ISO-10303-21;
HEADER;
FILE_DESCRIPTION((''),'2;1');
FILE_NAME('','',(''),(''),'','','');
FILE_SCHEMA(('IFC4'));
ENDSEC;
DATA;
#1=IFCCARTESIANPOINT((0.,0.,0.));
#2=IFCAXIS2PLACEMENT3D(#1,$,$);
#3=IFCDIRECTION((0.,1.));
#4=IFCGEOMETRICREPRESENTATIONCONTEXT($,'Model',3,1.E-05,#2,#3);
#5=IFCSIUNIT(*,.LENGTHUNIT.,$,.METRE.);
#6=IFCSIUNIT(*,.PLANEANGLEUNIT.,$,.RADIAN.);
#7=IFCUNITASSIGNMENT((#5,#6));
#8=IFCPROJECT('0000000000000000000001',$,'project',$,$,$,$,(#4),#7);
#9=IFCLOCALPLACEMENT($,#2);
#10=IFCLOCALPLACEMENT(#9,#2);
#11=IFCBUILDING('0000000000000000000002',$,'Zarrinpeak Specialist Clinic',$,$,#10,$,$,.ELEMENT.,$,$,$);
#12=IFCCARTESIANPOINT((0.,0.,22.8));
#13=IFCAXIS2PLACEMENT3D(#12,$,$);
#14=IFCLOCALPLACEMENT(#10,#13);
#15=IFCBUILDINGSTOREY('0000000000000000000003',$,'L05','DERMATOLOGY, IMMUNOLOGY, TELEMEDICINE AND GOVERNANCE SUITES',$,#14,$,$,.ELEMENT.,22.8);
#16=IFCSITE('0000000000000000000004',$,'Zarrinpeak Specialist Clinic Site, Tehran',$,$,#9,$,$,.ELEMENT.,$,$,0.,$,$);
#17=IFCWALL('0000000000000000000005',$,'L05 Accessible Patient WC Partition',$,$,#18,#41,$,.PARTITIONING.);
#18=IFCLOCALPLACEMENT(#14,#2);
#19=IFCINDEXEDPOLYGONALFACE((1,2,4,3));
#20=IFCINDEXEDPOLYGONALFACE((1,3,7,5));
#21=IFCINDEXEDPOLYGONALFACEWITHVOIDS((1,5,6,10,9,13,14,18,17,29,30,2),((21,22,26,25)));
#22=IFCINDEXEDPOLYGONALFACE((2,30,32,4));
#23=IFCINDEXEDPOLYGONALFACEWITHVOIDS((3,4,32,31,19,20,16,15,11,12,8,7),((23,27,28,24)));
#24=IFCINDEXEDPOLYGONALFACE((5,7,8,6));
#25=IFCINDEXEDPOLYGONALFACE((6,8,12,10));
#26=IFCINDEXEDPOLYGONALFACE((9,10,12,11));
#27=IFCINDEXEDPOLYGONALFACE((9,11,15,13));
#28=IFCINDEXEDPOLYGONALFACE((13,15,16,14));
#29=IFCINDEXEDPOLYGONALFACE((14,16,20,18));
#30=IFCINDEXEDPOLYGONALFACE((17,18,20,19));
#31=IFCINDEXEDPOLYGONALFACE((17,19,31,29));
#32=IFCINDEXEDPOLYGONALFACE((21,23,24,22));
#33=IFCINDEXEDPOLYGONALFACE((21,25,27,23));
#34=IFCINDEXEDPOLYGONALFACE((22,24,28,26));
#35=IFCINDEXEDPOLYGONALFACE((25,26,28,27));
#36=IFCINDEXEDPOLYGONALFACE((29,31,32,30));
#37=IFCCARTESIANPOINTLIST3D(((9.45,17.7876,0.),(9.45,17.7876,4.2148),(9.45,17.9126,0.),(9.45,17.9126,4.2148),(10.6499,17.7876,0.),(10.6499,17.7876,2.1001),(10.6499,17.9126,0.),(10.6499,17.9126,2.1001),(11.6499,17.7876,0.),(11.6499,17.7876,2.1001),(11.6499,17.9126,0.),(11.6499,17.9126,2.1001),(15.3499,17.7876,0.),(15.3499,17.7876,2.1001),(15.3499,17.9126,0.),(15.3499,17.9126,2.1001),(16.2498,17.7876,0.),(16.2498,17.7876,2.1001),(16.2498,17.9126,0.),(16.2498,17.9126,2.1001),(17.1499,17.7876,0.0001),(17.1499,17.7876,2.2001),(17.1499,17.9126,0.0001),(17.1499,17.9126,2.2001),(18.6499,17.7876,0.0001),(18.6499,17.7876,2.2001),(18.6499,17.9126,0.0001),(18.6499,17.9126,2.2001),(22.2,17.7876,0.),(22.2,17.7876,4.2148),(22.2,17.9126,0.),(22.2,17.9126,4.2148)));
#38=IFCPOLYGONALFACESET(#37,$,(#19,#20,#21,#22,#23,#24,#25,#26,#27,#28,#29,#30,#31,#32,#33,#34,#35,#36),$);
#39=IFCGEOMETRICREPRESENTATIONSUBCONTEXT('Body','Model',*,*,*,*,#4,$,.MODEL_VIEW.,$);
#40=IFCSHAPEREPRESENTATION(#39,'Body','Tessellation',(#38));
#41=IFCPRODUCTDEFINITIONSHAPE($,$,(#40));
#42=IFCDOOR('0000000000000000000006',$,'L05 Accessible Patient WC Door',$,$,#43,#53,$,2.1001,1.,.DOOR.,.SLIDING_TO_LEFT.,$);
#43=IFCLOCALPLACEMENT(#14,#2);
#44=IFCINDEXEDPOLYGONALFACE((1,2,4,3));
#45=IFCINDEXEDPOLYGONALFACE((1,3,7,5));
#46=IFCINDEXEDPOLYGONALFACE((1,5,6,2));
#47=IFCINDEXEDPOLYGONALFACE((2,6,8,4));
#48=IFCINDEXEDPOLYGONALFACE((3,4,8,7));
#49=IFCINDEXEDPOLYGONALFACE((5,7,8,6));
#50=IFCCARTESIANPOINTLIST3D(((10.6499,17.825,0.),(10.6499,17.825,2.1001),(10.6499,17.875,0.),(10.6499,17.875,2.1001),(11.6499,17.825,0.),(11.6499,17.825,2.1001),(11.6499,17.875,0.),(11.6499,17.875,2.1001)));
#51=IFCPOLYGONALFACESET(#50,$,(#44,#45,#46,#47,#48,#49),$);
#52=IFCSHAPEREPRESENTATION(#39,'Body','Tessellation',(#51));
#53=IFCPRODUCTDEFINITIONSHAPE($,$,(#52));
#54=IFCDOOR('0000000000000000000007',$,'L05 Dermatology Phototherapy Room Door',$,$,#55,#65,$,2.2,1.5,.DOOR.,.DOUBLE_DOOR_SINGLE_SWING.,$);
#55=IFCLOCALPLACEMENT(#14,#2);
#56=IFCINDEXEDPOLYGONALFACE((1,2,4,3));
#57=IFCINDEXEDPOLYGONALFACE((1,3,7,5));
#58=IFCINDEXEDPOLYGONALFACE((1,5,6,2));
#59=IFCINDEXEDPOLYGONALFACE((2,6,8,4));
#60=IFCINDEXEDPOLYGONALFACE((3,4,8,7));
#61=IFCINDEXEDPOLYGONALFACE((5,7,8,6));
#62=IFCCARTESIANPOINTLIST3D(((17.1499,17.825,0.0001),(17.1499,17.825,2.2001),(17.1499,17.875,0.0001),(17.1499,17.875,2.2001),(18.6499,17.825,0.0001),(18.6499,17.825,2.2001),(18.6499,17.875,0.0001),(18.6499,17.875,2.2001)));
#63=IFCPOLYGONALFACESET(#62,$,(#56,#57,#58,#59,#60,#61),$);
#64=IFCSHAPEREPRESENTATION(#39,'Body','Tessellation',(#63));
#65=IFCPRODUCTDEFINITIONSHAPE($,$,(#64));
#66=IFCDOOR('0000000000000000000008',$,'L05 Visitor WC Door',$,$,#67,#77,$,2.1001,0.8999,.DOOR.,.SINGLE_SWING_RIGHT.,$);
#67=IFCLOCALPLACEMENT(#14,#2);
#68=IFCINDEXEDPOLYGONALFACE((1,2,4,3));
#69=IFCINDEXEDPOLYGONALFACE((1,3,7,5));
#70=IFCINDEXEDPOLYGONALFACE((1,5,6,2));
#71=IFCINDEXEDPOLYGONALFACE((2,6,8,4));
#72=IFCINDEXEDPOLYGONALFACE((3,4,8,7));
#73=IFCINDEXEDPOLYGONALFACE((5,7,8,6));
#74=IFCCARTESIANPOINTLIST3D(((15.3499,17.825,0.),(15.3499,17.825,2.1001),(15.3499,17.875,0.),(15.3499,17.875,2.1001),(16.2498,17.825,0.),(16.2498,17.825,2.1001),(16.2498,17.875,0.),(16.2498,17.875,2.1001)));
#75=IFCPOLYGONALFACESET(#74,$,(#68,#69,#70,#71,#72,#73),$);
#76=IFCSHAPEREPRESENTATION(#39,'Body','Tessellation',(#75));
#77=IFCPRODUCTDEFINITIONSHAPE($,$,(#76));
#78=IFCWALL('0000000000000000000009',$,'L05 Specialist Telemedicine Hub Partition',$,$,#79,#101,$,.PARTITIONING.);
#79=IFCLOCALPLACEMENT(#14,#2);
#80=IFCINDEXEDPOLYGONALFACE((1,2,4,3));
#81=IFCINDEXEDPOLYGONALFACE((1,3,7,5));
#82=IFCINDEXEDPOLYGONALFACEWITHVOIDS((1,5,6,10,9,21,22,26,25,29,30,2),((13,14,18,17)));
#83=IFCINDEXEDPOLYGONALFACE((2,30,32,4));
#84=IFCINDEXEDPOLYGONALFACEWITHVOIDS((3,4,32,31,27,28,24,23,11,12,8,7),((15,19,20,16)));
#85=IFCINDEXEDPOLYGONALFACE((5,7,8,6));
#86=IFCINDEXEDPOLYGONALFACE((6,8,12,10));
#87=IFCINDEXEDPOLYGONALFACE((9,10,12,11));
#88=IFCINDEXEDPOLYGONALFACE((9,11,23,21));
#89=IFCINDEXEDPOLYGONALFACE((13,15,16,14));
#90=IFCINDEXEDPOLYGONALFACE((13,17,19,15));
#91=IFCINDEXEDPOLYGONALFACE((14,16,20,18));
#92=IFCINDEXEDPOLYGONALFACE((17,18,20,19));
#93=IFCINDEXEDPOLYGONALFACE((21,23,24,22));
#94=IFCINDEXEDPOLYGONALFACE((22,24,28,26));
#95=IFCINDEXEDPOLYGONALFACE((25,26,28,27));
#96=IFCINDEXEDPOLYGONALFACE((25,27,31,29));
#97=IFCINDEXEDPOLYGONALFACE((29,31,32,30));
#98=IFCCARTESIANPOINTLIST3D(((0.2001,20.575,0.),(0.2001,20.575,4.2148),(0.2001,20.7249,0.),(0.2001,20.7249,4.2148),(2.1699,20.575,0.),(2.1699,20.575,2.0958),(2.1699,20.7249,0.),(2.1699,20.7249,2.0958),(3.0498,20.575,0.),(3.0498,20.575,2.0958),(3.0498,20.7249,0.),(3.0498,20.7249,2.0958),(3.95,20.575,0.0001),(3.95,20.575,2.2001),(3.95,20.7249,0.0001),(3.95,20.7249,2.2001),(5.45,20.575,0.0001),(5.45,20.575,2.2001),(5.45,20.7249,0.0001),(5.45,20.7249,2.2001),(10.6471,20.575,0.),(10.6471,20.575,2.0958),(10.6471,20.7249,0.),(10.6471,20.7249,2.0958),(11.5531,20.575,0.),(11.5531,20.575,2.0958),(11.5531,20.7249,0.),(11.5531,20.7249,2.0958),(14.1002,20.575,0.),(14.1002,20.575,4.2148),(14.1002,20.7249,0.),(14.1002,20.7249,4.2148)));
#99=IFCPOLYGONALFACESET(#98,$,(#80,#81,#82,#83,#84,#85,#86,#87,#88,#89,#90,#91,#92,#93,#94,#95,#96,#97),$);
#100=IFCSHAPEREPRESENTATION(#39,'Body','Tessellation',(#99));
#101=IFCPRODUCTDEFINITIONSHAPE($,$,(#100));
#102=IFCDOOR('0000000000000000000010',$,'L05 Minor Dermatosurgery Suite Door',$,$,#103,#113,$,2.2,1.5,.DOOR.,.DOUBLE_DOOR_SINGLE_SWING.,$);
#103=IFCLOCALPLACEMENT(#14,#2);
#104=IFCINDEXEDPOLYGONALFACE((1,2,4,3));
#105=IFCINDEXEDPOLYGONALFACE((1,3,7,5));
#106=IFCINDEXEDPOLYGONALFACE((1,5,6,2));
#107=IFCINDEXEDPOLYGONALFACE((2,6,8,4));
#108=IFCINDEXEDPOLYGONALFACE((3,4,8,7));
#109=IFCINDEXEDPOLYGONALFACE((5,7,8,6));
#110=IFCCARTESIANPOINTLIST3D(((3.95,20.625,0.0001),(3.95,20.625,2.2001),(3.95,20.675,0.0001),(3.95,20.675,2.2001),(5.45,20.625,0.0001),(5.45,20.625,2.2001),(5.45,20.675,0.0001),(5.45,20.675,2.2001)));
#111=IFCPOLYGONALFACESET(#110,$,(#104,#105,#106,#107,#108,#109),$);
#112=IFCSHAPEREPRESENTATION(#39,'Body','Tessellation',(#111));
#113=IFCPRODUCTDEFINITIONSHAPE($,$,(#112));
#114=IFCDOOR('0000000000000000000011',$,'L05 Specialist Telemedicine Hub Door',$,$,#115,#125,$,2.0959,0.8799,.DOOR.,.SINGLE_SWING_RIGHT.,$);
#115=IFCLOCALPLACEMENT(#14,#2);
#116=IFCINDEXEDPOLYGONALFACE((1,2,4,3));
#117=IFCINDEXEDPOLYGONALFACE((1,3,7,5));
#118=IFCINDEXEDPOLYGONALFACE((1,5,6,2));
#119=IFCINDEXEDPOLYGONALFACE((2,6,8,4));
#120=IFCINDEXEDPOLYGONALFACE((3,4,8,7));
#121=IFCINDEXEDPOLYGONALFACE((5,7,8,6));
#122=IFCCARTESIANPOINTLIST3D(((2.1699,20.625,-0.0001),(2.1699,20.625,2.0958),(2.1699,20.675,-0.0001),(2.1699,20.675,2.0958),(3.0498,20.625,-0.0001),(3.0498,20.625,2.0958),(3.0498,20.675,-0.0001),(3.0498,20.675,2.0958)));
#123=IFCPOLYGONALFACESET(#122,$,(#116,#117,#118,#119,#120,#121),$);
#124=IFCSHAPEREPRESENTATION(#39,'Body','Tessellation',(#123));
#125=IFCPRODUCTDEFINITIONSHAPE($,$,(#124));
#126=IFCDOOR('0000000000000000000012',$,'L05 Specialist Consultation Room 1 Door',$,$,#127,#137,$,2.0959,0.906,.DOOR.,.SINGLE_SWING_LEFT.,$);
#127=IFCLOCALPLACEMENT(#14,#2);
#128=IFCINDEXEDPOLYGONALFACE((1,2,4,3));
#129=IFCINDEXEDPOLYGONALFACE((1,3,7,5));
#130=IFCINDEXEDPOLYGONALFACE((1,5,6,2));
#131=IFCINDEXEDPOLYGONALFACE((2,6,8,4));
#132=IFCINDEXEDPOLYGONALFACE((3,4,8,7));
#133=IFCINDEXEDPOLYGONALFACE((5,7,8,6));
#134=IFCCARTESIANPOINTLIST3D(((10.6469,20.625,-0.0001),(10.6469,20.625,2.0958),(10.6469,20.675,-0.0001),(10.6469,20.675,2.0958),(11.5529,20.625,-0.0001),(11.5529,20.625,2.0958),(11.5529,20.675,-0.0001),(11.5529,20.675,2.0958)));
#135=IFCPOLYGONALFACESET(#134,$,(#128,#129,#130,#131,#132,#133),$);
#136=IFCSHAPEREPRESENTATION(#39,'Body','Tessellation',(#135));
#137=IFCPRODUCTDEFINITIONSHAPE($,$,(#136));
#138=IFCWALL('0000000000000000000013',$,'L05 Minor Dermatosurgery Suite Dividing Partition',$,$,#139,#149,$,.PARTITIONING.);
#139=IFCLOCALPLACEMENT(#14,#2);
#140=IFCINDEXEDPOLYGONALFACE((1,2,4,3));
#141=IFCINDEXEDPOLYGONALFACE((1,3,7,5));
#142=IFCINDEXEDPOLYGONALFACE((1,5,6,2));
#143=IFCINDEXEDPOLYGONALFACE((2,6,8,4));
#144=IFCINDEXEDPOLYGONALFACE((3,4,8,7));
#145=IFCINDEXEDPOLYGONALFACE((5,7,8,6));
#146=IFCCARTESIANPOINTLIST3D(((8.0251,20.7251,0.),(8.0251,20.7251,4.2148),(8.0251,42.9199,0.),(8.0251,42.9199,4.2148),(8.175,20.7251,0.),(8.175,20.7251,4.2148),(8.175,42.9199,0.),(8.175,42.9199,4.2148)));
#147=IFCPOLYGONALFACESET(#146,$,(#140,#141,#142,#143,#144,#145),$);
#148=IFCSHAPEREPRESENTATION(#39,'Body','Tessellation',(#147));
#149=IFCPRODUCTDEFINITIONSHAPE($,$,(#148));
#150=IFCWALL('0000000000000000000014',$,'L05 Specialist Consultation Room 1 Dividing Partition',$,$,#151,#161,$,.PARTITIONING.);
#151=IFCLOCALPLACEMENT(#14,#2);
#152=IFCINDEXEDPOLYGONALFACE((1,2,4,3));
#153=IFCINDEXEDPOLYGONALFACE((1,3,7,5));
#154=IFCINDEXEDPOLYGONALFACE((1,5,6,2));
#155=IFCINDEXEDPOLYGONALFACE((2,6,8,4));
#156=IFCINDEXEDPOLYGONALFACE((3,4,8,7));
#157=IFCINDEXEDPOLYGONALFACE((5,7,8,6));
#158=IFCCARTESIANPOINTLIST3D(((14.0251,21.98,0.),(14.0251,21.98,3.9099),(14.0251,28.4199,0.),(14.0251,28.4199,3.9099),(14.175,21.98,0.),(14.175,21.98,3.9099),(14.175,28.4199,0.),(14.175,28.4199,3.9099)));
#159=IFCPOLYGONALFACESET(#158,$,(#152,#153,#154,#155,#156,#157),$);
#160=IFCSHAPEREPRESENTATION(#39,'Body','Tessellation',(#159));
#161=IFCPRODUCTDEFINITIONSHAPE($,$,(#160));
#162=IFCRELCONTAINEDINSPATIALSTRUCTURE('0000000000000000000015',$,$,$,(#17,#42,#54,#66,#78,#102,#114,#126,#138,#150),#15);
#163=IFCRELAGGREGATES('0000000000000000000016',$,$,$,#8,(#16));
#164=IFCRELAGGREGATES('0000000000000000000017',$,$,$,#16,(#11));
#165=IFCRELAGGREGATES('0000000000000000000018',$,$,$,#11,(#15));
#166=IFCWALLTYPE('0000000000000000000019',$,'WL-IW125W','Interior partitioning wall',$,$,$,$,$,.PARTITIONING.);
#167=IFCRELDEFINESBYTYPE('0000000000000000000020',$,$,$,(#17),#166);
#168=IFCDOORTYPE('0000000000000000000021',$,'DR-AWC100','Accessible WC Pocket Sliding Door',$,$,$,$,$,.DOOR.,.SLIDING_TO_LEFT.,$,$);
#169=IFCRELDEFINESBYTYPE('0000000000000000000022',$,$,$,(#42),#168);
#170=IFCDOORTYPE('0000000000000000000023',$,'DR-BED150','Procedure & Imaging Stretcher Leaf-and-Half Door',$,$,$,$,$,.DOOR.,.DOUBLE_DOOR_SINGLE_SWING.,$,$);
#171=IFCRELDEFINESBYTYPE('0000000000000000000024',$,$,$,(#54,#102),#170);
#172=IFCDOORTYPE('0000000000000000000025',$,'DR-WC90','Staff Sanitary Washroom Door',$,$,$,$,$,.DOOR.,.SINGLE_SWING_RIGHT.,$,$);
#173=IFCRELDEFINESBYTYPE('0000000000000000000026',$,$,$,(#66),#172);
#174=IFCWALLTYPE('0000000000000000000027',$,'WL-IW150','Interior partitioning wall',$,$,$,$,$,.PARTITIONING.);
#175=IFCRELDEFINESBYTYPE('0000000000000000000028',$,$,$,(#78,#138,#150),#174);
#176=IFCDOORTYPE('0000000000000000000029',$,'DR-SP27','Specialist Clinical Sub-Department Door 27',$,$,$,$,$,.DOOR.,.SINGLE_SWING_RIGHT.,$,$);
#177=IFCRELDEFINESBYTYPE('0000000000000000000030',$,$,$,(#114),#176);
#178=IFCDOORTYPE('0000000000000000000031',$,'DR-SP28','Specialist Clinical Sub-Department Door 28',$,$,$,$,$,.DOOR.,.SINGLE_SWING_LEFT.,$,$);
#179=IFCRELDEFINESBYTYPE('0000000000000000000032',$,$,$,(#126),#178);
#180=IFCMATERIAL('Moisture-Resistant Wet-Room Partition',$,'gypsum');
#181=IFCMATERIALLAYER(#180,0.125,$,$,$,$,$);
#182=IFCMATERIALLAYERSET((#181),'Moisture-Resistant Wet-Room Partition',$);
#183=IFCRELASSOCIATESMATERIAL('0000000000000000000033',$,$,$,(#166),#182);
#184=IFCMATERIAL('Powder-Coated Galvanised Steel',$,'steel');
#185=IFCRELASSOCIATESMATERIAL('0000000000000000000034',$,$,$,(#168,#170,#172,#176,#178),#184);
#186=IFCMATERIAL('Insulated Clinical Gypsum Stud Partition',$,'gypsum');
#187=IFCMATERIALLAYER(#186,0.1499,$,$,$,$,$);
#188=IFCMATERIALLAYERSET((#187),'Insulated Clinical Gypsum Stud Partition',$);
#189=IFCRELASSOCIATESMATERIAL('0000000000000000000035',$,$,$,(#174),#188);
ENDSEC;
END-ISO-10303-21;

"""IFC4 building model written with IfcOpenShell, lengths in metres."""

from ifc_helpers import new_model, si_unit, direction, frame, frame_2d, origin, place, context, subcontext, project, spatial, rectangle, extrude, material, layer, layer_set, type_object, element, fill, save


model = new_model("IFC4")

# Units and contexts
model_context = context("Model", 3, precision=1e-05, world=origin(), true_north=direction((0.0, 1.0)))
body_context = subcontext(model_context, "Body", "Model", "MODEL_VIEW")
ifc_project = project(units=[si_unit("LENGTHUNIT", "METRE"), si_unit("PLANEANGLEUNIT", "RADIAN")], contexts=[model_context])

# Site, building, storey
site_placement = place(None, origin())
site = spatial("IfcSite", under=ifc_project, at=site_placement, Name="Zarrinpeak Specialist Clinic Site, Tehran", CompositionType="ELEMENT", RefElevation=0.0)
building_placement = place(site_placement, origin())
building = spatial("IfcBuilding", under=site, at=building_placement, Name="Zarrinpeak Specialist Clinic", CompositionType="ELEMENT")
storey_placement = place(building_placement, frame((0.0, 0.0, 22.8)))
storey = spatial("IfcBuildingStorey", under=building, at=storey_placement, Name="L05", Description="DERMATOLOGY, IMMUNOLOGY, TELEMEDICINE AND GOVERNANCE SUITES", CompositionType="ELEMENT", Elevation=22.8)

# Walls, openings, doors
ifc_material_1 = material(Name="Moisture-Resistant Wet-Room Partition", Category="gypsum")
ifc_layer_1 = layer(ifc_material_1, 0.125)
ifc_layer_set_1 = layer_set([ifc_layer_1], Name="Moisture-Resistant Wet-Room Partition")
wall_type_1 = type_object("IfcWallType", Name="WL-IW125W", Description="Interior partitioning wall", PredefinedType="PARTITIONING", material=ifc_layer_set_1)
wall_1_placement = place(storey_placement, frame((9.45, 17.8501, 0.0), z_axis=(0.0, 0.0, 1.0), x_axis=(1.0, 0.0, 0.0)))
wall_1 = element("IfcWall", 1, at=wall_1_placement, inside=storey, type_object=wall_type_1, Name="L05 Accessible Patient WC Partition", PredefinedType="PARTITIONING", context=body_context, shape_type="SweptSolid", body=[
    extrude(rectangle(XDim=12.75, YDim=0.125, at=frame_2d((6.375, 0.0))), origin(), (0.0, 0.0, 1.0), 4.2148),
])
opening_1_placement = place(wall_1_placement, frame((1.2, 0.0, 0.0)))
opening_1 = element("IfcOpeningElement", 2, at=opening_1_placement, cuts=wall_1, PredefinedType="OPENING", context=body_context, shape_type="SweptSolid", body=[
    extrude(rectangle(XDim=1.0, YDim=2.1001, at=frame_2d((0.5, 1.05))), frame((0.0, 0.0725, 0.0), z_axis=(0.0, -1.0, 0.0), x_axis=(1.0, 0.0, 0.0)), (0.0, 0.0, 1.0), 0.145),
])
opening_2_placement = place(wall_1_placement, frame((5.8999, 0.0, 0.0)))
opening_2 = element("IfcOpeningElement", 3, at=opening_2_placement, cuts=wall_1, PredefinedType="OPENING", context=body_context, shape_type="SweptSolid", body=[
    extrude(rectangle(XDim=0.8999, YDim=2.1001, at=frame_2d((0.45, 1.05))), frame((0.0, 0.0725, 0.0), z_axis=(0.0, -1.0, 0.0), x_axis=(1.0, 0.0, 0.0)), (0.0, 0.0, 1.0), 0.145),
])
opening_3_placement = place(wall_1_placement, frame((7.7, 0.0, 0.0)))
opening_3 = element("IfcOpeningElement", 4, at=opening_3_placement, cuts=wall_1, PredefinedType="OPENING", context=body_context, shape_type="SweptSolid", body=[
    extrude(rectangle(XDim=1.5, YDim=2.2, at=frame_2d((0.75, 1.1001))), frame((0.0, 0.0725, 0.0), z_axis=(0.0, -1.0, 0.0), x_axis=(1.0, 0.0, 0.0)), (0.0, 0.0, 1.0), 0.145),
])
ifc_material_2 = material(Name="Powder-Coated Galvanised Steel", Category="steel")
door_type_1 = type_object("IfcDoorType", Name="DR-AWC100", Description="Accessible WC Pocket Sliding Door", OperationType="SLIDING_TO_LEFT", PredefinedType="DOOR", material=ifc_material_2)
door_1_placement = place(opening_1_placement, origin())
door_1 = element("IfcDoor", 5, at=door_1_placement, inside=storey, type_object=door_type_1, Name="L05 Accessible Patient WC Door", OperationType="SLIDING_TO_LEFT", OverallHeight=2.1001, OverallWidth=1.0, PredefinedType="DOOR", context=body_context, shape_type="SweptSolid", body=[
    extrude(rectangle(XDim=1.0, YDim=2.1001, at=frame_2d((0.5, 1.05))), frame((0.0, 0.0249, 0.0), z_axis=(0.0, -1.0, 0.0), x_axis=(1.0, 0.0, 0.0)), (0.0, 0.0, 1.0), 0.05),
])
fill(opening_1, door_1)
door_type_2 = type_object("IfcDoorType", Name="DR-BED150", Description="Procedure & Imaging Stretcher Leaf-and-Half Door", OperationType="DOUBLE_DOOR_SINGLE_SWING", PredefinedType="DOOR", material=ifc_material_2)
door_2_placement = place(opening_3_placement, origin())
door_2 = element("IfcDoor", 6, at=door_2_placement, inside=storey, type_object=door_type_2, Name="L05 Dermatology Phototherapy Room Door", OperationType="DOUBLE_DOOR_SINGLE_SWING", OverallHeight=2.2, OverallWidth=1.5, PredefinedType="DOOR", context=body_context, shape_type="SweptSolid", body=[
    extrude(rectangle(XDim=1.5, YDim=2.2, at=frame_2d((0.75, 1.1001))), frame((0.0, 0.0249, 0.0), z_axis=(0.0, -1.0, 0.0), x_axis=(1.0, 0.0, 0.0)), (0.0, 0.0, 1.0), 0.05),
])
fill(opening_3, door_2)
door_type_3 = type_object("IfcDoorType", Name="DR-WC90", Description="Staff Sanitary Washroom Door", OperationType="SINGLE_SWING_RIGHT", PredefinedType="DOOR", material=ifc_material_2)
door_3_placement = place(opening_2_placement, origin())
door_3 = element("IfcDoor", 7, at=door_3_placement, inside=storey, type_object=door_type_3, Name="L05 Visitor WC Door", OperationType="SINGLE_SWING_RIGHT", OverallHeight=2.1001, OverallWidth=0.8999, PredefinedType="DOOR", context=body_context, shape_type="SweptSolid", body=[
    extrude(rectangle(XDim=0.8999, YDim=2.1001, at=frame_2d((0.45, 1.05))), frame((0.0, 0.0249, 0.0), z_axis=(0.0, -1.0, 0.0), x_axis=(1.0, 0.0, 0.0)), (0.0, 0.0, 1.0), 0.05),
])
fill(opening_2, door_3)
ifc_material_3 = material(Name="Insulated Clinical Gypsum Stud Partition", Category="gypsum")
ifc_layer_2 = layer(ifc_material_3, 0.1499)
ifc_layer_set_2 = layer_set([ifc_layer_2], Name="Insulated Clinical Gypsum Stud Partition")
wall_type_2 = type_object("IfcWallType", Name="WL-IW150", Description="Interior partitioning wall", PredefinedType="PARTITIONING", material=ifc_layer_set_2)
wall_2_placement = place(storey_placement, frame((0.2, 20.6499, 0.0), z_axis=(0.0, 0.0, 1.0), x_axis=(1.0, 0.0, 0.0)))
wall_2 = element("IfcWall", 8, at=wall_2_placement, inside=storey, type_object=wall_type_2, Name="L05 Specialist Telemedicine Hub Partition", PredefinedType="PARTITIONING", context=body_context, shape_type="SweptSolid", body=[
    extrude(rectangle(XDim=13.9001, YDim=0.1499, at=frame_2d((6.9502, 0.0))), origin(), (0.0, 0.0, 1.0), 4.2148),
])
opening_4_placement = place(wall_2_placement, frame((1.97, 0.0, 0.0)))
opening_4 = element("IfcOpeningElement", 9, at=opening_4_placement, cuts=wall_2, PredefinedType="OPENING", context=body_context, shape_type="SweptSolid", body=[
    extrude(rectangle(XDim=0.8799, YDim=2.0959, at=frame_2d((0.4399, 1.0479))), frame((0.0, 0.085, 0.0), z_axis=(0.0, -1.0, 0.0), x_axis=(1.0, 0.0, 0.0)), (0.0, 0.0, 1.0), 0.1699),
])
opening_5_placement = place(wall_2_placement, frame((3.75, 0.0, 0.0)))
opening_5 = element("IfcOpeningElement", 10, at=opening_5_placement, cuts=wall_2, PredefinedType="OPENING", context=body_context, shape_type="SweptSolid", body=[
    extrude(rectangle(XDim=1.5, YDim=2.2, at=frame_2d((0.75, 1.1001))), frame((0.0, 0.085, 0.0), z_axis=(0.0, -1.0, 0.0), x_axis=(1.0, 0.0, 0.0)), (0.0, 0.0, 1.0), 0.1699),
])
opening_6_placement = place(wall_2_placement, frame((10.447, 0.0, 0.0)))
opening_6 = element("IfcOpeningElement", 11, at=opening_6_placement, cuts=wall_2, PredefinedType="OPENING", context=body_context, shape_type="SweptSolid", body=[
    extrude(rectangle(XDim=0.906, YDim=2.0959, at=frame_2d((0.4531, 1.0479))), frame((0.0, 0.085, 0.0), z_axis=(0.0, -1.0, 0.0), x_axis=(1.0, 0.0, 0.0)), (0.0, 0.0, 1.0), 0.1699),
])
door_4_placement = place(opening_5_placement, frame((1.5, 0.0, 0.0), z_axis=(0.0, 0.0, 1.0), x_axis=(-1.0, 0.0, 0.0)))
door_4 = element("IfcDoor", 12, at=door_4_placement, inside=storey, type_object=door_type_2, Name="L05 Minor Dermatosurgery Suite Door", OperationType="DOUBLE_DOOR_SINGLE_SWING", OverallHeight=2.2, OverallWidth=1.5, PredefinedType="DOOR", context=body_context, shape_type="SweptSolid", body=[
    extrude(rectangle(XDim=1.5, YDim=2.2, at=frame_2d((0.75, 1.1001))), frame((0.0, 0.0249, 0.0), z_axis=(0.0, -1.0, 0.0), x_axis=(1.0, 0.0, 0.0)), (0.0, 0.0, 1.0), 0.05),
])
fill(opening_5, door_4)
door_type_4 = type_object("IfcDoorType", Name="DR-SP27", Description="Specialist Clinical Sub-Department Door 27", OperationType="SINGLE_SWING_RIGHT", PredefinedType="DOOR", material=ifc_material_2)
door_5_placement = place(opening_4_placement, frame((0.8799, 0.0, 0.0), z_axis=(0.0, 0.0, 1.0), x_axis=(-1.0, 0.0, 0.0)))
door_5 = element("IfcDoor", 13, at=door_5_placement, inside=storey, type_object=door_type_4, Name="L05 Specialist Telemedicine Hub Door", OperationType="SINGLE_SWING_RIGHT", OverallHeight=2.0959, OverallWidth=0.8799, PredefinedType="DOOR", context=body_context, shape_type="SweptSolid", body=[
    extrude(rectangle(XDim=0.8799, YDim=2.0959, at=frame_2d((0.4399, 1.0479))), frame((0.0, 0.0249, 0.0), z_axis=(0.0, -1.0, 0.0), x_axis=(1.0, 0.0, 0.0)), (0.0, 0.0, 1.0), 0.05),
])
fill(opening_4, door_5)
door_type_5 = type_object("IfcDoorType", Name="DR-SP28", Description="Specialist Clinical Sub-Department Door 28", OperationType="SINGLE_SWING_LEFT", PredefinedType="DOOR", material=ifc_material_2)
door_6_placement = place(opening_6_placement, frame((0.906, 0.0, 0.0), z_axis=(0.0, 0.0, 1.0), x_axis=(-1.0, 0.0, 0.0)))
door_6 = element("IfcDoor", 14, at=door_6_placement, inside=storey, type_object=door_type_5, Name="L05 Specialist Consultation Room 1 Door", OperationType="SINGLE_SWING_LEFT", OverallHeight=2.0959, OverallWidth=0.906, PredefinedType="DOOR", context=body_context, shape_type="SweptSolid", body=[
    extrude(rectangle(XDim=0.906, YDim=2.0959, at=frame_2d((0.4531, 1.0479))), frame((0.0, 0.0249, 0.0), z_axis=(0.0, -1.0, 0.0), x_axis=(1.0, 0.0, 0.0)), (0.0, 0.0, 1.0), 0.05),
])
fill(opening_6, door_6)

# Walls
wall_3_placement = place(storey_placement, frame((8.1001, 20.7251, 0.0), z_axis=(0.0, 0.0, 1.0), x_axis=(0.0, 1.0, 0.0)))
element("IfcWall", 15, at=wall_3_placement, inside=storey, type_object=wall_type_2, Name="L05 Minor Dermatosurgery Suite Dividing Partition", PredefinedType="PARTITIONING", context=body_context, shape_type="SweptSolid", body=[
    extrude(rectangle(XDim=22.1948, YDim=0.1499, at=frame_2d((11.0974, 0.0))), origin(), (0.0, 0.0, 1.0), 4.2148),
])
wall_4_placement = place(storey_placement, frame((14.1001, 21.98, 0.0), z_axis=(0.0, 0.0, 1.0), x_axis=(0.0, 1.0, 0.0)))
element("IfcWall", 16, at=wall_4_placement, inside=storey, type_object=wall_type_2, Name="L05 Specialist Consultation Room 1 Dividing Partition", PredefinedType="PARTITIONING", context=body_context, shape_type="SweptSolid", body=[
    extrude(rectangle(XDim=6.4399, YDim=0.1499, at=frame_2d((3.22, 0.0))), origin(), (0.0, 0.0, 1.0), 3.9099),
])

save(model, "model.ifc")
